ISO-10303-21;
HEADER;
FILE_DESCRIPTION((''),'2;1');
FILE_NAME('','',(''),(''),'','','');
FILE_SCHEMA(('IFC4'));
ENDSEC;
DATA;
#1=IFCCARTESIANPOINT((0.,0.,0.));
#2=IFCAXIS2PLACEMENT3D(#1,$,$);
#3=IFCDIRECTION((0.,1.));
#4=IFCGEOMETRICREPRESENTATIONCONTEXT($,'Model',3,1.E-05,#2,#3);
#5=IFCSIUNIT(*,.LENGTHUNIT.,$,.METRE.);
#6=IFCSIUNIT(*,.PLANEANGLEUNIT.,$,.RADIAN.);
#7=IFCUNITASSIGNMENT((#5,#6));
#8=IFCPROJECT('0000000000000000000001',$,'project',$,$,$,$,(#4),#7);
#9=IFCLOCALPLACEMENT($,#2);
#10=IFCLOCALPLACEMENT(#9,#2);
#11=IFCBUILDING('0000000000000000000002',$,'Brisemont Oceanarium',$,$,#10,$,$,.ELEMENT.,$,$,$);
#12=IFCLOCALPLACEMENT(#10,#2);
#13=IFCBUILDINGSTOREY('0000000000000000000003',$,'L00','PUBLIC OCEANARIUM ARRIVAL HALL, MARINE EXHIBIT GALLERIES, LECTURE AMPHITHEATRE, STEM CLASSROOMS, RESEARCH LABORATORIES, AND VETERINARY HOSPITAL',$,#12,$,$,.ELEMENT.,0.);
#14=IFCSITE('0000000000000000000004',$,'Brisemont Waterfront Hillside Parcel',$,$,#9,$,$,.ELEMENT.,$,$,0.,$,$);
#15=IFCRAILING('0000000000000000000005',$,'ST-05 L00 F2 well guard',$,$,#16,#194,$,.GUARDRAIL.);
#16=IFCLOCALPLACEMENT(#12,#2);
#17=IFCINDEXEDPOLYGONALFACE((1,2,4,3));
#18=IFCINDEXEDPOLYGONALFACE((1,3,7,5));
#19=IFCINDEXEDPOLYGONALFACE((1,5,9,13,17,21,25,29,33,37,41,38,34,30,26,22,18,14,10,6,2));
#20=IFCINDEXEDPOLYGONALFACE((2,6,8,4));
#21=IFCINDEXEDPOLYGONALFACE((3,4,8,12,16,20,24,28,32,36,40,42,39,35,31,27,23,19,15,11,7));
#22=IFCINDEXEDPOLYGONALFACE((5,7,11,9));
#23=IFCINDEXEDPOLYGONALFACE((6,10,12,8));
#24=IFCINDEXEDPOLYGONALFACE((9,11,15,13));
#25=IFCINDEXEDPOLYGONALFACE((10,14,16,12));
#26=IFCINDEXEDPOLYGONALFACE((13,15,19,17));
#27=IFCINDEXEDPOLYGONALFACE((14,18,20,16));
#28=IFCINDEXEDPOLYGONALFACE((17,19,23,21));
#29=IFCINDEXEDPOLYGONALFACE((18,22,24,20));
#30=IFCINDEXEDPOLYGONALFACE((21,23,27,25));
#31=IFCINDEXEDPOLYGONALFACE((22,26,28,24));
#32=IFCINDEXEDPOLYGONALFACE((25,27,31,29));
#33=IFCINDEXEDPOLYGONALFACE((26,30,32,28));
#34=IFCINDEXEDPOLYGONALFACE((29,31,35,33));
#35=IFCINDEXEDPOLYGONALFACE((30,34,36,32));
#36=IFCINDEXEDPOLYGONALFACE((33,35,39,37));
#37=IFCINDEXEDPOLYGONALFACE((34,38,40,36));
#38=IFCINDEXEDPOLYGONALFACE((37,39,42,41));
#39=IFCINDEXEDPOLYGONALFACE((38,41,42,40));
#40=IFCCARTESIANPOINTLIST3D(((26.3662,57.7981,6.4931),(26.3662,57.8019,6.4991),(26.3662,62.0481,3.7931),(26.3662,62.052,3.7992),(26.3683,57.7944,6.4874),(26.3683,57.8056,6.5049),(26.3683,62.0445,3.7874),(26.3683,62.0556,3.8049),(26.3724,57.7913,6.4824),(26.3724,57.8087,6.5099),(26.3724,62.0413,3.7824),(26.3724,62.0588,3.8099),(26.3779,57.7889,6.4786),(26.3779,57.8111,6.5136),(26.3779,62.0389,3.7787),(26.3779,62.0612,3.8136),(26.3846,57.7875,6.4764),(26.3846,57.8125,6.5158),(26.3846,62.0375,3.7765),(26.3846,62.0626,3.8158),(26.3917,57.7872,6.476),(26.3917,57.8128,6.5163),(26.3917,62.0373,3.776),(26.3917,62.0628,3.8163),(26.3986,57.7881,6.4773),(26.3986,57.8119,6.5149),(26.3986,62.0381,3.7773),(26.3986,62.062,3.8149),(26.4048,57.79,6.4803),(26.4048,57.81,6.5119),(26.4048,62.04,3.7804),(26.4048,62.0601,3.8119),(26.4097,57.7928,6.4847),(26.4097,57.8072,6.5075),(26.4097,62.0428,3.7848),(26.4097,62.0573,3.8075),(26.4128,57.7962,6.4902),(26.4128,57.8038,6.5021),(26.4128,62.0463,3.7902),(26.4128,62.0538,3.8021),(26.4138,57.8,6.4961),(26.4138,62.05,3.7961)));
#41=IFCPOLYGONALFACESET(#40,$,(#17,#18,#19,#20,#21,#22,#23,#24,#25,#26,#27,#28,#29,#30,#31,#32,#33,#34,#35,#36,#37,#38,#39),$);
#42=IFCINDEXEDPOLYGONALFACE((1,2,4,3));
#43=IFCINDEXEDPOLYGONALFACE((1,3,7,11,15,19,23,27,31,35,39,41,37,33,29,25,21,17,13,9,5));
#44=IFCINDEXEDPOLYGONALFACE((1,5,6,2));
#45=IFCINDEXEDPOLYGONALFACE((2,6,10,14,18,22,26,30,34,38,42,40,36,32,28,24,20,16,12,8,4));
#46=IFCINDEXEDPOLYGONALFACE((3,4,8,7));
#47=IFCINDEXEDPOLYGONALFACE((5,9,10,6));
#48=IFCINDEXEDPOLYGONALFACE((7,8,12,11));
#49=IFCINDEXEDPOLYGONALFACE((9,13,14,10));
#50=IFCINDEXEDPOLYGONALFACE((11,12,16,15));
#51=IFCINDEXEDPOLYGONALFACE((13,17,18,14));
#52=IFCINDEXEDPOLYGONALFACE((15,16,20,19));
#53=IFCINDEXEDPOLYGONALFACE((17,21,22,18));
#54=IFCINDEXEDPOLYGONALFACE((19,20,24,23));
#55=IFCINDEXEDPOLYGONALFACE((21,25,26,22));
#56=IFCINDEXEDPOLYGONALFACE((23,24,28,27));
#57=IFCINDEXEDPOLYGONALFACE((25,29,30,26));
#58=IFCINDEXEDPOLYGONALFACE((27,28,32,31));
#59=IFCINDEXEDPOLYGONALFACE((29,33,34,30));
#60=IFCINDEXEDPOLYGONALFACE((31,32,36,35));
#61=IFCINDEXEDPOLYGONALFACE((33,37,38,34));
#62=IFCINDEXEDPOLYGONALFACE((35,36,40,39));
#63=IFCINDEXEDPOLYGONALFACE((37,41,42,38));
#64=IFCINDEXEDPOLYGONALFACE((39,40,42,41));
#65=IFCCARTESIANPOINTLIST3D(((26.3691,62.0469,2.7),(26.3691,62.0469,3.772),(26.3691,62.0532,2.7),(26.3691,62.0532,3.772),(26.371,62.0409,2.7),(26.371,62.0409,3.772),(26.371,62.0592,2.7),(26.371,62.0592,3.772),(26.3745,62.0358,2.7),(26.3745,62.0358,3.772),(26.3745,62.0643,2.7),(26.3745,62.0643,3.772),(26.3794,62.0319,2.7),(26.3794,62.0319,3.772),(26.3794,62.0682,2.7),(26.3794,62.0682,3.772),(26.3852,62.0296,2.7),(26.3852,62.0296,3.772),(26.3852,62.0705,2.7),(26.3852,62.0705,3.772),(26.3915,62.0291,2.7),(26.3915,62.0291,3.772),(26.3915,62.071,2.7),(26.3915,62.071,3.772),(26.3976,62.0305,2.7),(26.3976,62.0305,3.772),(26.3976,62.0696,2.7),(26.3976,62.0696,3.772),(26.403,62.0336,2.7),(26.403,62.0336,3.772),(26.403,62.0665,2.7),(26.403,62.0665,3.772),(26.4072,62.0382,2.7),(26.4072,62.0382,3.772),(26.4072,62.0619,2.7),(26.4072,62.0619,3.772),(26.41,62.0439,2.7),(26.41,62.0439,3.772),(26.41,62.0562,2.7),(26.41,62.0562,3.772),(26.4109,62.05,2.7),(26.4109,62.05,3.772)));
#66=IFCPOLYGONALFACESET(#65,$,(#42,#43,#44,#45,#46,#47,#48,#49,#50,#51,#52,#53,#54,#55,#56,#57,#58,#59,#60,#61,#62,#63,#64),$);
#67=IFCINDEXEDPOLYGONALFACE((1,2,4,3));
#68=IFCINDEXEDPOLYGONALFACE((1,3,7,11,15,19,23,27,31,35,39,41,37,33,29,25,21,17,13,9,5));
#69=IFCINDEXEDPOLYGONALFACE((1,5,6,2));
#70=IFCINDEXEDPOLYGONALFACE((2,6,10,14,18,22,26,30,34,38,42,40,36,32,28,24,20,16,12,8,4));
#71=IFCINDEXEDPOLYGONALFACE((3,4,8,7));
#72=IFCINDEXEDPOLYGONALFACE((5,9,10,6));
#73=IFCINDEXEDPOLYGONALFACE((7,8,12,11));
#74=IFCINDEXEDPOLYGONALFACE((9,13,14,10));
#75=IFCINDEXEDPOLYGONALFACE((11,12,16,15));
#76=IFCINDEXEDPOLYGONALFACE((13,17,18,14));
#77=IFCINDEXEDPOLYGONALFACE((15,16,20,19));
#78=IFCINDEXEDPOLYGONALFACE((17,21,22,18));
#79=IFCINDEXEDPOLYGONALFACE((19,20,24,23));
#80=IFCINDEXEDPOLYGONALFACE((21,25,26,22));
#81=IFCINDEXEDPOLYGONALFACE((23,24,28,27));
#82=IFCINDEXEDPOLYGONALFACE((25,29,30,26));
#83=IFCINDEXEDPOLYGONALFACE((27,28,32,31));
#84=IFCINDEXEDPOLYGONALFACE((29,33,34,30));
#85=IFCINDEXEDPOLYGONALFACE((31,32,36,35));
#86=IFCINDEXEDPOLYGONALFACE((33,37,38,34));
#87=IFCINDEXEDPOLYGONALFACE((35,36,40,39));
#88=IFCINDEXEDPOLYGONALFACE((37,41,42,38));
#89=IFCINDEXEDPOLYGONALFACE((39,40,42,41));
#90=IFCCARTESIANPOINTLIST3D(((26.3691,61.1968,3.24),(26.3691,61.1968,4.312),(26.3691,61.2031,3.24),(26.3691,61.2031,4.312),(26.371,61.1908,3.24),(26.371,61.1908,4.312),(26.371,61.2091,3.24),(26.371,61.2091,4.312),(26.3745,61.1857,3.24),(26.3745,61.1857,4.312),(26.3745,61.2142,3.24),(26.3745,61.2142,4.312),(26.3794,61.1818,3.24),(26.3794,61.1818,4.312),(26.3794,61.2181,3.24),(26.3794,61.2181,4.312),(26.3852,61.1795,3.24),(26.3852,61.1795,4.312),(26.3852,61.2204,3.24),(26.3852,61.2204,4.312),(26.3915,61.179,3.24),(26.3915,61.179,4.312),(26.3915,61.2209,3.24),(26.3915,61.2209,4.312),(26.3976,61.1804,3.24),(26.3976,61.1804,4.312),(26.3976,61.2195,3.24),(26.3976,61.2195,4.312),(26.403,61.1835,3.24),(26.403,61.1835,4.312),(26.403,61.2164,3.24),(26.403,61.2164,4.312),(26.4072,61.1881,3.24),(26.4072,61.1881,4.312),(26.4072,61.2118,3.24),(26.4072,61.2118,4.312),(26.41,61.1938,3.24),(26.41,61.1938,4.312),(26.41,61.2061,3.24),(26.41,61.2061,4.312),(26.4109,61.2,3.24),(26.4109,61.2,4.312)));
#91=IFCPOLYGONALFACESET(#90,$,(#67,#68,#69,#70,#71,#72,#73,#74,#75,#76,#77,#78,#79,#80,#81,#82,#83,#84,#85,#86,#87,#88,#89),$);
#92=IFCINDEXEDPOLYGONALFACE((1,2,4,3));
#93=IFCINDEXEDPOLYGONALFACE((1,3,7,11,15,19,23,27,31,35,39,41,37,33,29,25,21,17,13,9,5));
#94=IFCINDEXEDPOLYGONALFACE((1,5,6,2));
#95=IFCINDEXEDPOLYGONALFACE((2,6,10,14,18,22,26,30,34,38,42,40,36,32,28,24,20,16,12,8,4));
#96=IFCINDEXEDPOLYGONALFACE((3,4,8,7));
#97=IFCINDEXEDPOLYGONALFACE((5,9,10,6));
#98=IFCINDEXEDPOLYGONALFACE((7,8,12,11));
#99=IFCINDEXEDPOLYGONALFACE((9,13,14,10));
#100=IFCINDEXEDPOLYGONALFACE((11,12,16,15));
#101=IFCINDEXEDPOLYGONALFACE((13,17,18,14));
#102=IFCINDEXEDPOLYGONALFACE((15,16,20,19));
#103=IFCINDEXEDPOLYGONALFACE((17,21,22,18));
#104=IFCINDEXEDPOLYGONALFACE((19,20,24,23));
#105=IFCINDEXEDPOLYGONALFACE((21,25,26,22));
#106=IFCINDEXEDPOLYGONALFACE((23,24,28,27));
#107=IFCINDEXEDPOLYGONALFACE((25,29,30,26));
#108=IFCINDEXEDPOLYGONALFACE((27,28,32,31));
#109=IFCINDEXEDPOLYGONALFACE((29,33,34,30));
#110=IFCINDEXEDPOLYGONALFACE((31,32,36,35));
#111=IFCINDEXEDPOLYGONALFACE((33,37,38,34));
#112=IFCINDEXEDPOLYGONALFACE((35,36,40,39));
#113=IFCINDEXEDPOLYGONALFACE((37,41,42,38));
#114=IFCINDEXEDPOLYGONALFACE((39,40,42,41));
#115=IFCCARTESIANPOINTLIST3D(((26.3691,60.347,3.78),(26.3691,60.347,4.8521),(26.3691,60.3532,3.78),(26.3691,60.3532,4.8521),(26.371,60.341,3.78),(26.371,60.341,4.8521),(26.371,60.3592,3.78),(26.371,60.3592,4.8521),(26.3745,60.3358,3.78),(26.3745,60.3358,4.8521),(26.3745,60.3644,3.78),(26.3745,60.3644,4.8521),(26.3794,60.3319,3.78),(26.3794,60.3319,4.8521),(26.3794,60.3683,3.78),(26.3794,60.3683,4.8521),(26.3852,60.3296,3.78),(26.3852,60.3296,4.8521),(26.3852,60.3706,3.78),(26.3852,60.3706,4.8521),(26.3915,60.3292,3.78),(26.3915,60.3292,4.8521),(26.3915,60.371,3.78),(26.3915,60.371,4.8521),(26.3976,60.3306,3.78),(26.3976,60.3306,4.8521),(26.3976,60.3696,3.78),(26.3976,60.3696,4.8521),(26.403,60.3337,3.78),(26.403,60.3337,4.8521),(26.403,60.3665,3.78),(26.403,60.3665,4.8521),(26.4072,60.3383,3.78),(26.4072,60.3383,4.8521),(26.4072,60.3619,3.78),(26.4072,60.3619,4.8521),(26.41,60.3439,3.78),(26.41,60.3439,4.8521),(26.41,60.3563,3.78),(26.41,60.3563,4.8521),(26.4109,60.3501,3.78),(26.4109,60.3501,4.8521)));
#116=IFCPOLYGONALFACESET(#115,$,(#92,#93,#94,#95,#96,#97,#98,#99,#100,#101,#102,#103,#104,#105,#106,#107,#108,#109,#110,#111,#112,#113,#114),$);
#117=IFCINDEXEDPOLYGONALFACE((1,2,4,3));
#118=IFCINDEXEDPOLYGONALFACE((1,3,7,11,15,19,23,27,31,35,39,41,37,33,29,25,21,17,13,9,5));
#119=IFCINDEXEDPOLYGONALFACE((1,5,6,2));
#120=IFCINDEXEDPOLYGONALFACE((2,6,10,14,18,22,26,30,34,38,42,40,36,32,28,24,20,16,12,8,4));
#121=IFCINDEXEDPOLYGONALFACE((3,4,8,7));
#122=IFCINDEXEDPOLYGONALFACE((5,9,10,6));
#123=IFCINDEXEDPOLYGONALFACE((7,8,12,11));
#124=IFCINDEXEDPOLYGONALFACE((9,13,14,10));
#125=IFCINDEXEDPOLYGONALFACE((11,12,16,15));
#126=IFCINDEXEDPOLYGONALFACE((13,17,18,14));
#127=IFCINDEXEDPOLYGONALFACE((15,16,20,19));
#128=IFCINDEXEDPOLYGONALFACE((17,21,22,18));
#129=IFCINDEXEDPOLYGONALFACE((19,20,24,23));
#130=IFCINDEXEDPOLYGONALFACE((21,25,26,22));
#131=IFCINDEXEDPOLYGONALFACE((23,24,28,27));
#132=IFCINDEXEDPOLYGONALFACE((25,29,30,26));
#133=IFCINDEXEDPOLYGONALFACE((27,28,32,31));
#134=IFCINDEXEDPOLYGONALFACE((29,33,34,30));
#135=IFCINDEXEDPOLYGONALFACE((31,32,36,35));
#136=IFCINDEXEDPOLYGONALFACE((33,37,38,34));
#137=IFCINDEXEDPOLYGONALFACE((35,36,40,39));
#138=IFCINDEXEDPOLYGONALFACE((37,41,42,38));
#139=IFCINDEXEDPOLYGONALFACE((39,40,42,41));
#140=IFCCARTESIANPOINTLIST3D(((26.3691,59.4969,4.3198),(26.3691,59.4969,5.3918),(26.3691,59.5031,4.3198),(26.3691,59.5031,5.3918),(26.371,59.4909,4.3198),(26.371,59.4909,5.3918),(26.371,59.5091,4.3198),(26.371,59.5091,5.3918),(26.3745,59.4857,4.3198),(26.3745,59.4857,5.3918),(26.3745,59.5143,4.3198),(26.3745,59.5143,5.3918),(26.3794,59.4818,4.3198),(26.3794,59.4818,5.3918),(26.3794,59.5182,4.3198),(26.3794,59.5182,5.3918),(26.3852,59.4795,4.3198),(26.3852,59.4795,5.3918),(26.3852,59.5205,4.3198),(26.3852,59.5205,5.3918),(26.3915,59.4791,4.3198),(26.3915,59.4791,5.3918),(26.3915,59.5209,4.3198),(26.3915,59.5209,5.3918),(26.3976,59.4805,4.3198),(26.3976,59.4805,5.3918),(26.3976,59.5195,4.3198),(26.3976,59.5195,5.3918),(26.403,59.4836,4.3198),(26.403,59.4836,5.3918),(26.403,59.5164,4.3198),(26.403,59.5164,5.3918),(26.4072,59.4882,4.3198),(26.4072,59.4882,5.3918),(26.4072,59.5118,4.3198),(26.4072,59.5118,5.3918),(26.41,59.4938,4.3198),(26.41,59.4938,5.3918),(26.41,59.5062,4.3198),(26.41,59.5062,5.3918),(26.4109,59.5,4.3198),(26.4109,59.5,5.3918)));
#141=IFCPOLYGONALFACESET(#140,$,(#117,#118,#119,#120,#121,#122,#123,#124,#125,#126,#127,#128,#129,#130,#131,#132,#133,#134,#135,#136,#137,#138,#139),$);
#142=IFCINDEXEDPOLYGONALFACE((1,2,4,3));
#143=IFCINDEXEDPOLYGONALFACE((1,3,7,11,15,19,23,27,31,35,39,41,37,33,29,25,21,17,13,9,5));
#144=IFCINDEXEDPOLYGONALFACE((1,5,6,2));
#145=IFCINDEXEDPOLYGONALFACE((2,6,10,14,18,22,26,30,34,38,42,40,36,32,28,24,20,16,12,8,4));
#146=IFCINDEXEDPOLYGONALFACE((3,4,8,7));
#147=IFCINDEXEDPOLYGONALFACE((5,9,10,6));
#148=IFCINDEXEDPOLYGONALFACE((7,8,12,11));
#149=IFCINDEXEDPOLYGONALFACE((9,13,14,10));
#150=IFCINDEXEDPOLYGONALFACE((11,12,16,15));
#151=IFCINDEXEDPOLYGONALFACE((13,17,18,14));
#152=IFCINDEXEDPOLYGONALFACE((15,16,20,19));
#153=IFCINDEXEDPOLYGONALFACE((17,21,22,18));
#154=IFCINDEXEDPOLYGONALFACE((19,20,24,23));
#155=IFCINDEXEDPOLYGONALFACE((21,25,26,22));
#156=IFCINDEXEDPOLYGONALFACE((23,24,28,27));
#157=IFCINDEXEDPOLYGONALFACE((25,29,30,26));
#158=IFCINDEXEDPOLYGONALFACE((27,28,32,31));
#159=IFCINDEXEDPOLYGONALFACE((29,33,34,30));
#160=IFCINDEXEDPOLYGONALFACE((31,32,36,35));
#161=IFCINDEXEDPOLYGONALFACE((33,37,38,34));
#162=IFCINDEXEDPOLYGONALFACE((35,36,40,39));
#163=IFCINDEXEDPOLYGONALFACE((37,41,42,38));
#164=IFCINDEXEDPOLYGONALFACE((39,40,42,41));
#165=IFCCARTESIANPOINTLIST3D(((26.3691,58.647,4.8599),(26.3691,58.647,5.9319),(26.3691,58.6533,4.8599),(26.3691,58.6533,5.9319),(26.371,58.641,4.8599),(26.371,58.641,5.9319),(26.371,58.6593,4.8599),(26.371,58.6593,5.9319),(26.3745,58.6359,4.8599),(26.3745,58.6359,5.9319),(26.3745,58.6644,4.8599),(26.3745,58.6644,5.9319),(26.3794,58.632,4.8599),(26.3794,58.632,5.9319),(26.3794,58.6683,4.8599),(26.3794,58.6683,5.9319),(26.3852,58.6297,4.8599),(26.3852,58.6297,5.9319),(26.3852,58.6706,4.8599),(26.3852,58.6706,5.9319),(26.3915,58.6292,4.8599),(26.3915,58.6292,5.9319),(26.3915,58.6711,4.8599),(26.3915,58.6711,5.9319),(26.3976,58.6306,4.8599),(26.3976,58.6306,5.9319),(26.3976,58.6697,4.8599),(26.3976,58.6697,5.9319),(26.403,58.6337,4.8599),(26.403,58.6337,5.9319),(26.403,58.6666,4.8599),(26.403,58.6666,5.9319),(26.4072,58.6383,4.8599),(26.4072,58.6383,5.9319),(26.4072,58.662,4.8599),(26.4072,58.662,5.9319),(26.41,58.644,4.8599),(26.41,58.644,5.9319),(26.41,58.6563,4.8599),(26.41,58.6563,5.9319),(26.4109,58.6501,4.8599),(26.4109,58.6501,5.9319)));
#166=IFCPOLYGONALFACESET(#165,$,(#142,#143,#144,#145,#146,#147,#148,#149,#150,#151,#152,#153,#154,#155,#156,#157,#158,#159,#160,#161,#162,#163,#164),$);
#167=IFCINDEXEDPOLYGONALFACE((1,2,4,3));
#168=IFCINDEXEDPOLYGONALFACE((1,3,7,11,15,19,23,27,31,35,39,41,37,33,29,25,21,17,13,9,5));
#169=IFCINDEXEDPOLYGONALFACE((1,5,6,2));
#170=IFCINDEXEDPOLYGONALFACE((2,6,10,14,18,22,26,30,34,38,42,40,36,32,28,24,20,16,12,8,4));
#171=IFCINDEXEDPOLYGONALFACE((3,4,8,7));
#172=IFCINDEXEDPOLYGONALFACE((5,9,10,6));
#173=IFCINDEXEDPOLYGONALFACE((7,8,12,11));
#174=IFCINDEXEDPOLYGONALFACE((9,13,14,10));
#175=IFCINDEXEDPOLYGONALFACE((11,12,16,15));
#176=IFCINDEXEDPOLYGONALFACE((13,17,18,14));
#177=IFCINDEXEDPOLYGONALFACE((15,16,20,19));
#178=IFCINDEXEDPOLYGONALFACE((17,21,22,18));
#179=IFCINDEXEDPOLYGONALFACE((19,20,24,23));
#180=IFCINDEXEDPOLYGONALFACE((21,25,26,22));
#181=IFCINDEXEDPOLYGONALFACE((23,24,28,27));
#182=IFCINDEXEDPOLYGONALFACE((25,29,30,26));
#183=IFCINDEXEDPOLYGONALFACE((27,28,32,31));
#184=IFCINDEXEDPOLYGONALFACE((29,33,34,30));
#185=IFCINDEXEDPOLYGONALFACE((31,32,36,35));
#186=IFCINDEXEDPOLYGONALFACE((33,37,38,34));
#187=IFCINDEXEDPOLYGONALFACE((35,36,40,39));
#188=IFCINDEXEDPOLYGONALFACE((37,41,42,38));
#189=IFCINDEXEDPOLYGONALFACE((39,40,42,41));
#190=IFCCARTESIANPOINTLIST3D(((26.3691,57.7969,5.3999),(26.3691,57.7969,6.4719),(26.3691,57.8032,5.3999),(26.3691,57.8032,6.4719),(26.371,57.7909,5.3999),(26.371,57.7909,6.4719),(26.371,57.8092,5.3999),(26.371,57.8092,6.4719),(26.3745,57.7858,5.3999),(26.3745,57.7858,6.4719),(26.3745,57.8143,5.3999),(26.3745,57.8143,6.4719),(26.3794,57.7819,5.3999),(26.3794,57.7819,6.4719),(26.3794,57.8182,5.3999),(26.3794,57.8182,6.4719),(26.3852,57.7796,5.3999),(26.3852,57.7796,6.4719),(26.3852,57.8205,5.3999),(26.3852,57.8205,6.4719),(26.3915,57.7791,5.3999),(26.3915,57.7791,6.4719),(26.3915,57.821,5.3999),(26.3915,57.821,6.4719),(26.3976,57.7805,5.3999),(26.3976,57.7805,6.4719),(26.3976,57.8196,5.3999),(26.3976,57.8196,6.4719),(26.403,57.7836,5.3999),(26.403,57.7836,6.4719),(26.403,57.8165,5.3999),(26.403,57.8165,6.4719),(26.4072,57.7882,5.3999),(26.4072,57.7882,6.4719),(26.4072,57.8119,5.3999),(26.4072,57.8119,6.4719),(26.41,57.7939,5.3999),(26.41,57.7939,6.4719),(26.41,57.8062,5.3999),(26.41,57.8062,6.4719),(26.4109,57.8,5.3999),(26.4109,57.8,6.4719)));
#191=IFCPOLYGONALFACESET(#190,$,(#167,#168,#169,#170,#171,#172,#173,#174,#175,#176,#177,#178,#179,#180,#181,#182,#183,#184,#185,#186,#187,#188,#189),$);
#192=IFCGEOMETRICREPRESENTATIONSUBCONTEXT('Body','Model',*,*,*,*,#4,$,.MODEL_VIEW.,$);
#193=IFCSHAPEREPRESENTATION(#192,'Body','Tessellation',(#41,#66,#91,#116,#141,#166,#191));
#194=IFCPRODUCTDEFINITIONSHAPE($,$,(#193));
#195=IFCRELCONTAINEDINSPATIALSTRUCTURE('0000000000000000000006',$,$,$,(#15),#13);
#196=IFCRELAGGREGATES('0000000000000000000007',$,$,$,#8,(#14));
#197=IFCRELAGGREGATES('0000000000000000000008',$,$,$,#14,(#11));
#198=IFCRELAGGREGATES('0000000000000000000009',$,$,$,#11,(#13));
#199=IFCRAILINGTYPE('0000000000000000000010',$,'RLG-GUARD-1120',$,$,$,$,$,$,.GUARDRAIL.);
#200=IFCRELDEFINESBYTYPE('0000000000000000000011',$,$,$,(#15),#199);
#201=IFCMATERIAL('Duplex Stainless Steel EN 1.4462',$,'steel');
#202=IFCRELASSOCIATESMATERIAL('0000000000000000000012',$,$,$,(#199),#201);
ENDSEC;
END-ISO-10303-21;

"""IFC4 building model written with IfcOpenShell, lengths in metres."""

from ifc_helpers import new_model, si_unit, direction, frame, origin, origin_2d, place, context, subcontext, project, spatial, circle, extrude, material, type_object, element, save


model = new_model("IFC4")

# Units and contexts
model_context = context("Model", 3, precision=1e-05, world=origin(), true_north=direction((0.0, 1.0)))
body_context = subcontext(model_context, "Body", "Model", "MODEL_VIEW")
ifc_project = project(units=[si_unit("LENGTHUNIT", "METRE"), si_unit("PLANEANGLEUNIT", "RADIAN")], contexts=[model_context])

# Site, building, storey
site_placement = place(None, origin())
site = spatial("IfcSite", under=ifc_project, at=site_placement, Name="Brisemont Waterfront Hillside Parcel", CompositionType="ELEMENT", RefElevation=0.0)
building_placement = place(site_placement, origin())
building = spatial("IfcBuilding", under=site, at=building_placement, Name="Brisemont Oceanarium", CompositionType="ELEMENT")
storey_placement = place(building_placement, origin())
storey = spatial("IfcBuildingStorey", under=building, at=storey_placement, Name="L00", Description="PUBLIC OCEANARIUM ARRIVAL HALL, MARINE EXHIBIT GALLERIES, LECTURE AMPHITHEATRE, STEM CLASSROOMS, RESEARCH LABORATORIES, AND VETERINARY HOSPITAL", CompositionType="ELEMENT", Elevation=0.0)

# Railing
ifc_material_1 = material(Name="Duplex Stainless Steel EN 1.4462", Category="steel")
railing_type_1 = type_object("IfcRailingType", Name="RLG-GUARD-1120", PredefinedType="GUARDRAIL", material=ifc_material_1)
railing_1_placement = place(storey_placement, frame((26.3899, 62.05, 2.7)))
element("IfcRailing", 1, at=railing_1_placement, inside=storey, type_object=railing_type_1, Name="ST-05 L00 F2 well guard", PredefinedType="GUARDRAIL", context=body_context, shape_type="SweptSolid", body=[
    extrude(circle(Radius=0.0239, at=origin_2d()), frame((0.0, 0.0, 1.0962), z_axis=(0.0, -0.844075, 0.536226), x_axis=(1.0, 0.0, 0.0)), (0.0, 0.0, 1.0), 5.0352),
    extrude(circle(Radius=0.021, at=origin_2d()), origin(), (0.0, 0.0, 1.0), 1.072),
    extrude(circle(Radius=0.021, at=origin_2d()), frame((0.0, -0.8501, 0.54)), (0.0, 0.0, 1.0), 1.072),
    extrude(circle(Radius=0.021, at=origin_2d()), frame((0.0, -1.7, 1.0801)), (0.0, 0.0, 1.0), 1.072),
    extrude(circle(Radius=0.021, at=origin_2d()), frame((0.0, -2.55, 1.6199)), (0.0, 0.0, 1.0), 1.072),
    extrude(circle(Radius=0.021, at=origin_2d()), frame((0.0, -3.3999, 2.1599)), (0.0, 0.0, 1.0), 1.072),
    extrude(circle(Radius=0.021, at=origin_2d()), frame((0.0, -4.25, 2.7)), (0.0, 0.0, 1.0), 1.072),
])

save(model, "model.ifc")
